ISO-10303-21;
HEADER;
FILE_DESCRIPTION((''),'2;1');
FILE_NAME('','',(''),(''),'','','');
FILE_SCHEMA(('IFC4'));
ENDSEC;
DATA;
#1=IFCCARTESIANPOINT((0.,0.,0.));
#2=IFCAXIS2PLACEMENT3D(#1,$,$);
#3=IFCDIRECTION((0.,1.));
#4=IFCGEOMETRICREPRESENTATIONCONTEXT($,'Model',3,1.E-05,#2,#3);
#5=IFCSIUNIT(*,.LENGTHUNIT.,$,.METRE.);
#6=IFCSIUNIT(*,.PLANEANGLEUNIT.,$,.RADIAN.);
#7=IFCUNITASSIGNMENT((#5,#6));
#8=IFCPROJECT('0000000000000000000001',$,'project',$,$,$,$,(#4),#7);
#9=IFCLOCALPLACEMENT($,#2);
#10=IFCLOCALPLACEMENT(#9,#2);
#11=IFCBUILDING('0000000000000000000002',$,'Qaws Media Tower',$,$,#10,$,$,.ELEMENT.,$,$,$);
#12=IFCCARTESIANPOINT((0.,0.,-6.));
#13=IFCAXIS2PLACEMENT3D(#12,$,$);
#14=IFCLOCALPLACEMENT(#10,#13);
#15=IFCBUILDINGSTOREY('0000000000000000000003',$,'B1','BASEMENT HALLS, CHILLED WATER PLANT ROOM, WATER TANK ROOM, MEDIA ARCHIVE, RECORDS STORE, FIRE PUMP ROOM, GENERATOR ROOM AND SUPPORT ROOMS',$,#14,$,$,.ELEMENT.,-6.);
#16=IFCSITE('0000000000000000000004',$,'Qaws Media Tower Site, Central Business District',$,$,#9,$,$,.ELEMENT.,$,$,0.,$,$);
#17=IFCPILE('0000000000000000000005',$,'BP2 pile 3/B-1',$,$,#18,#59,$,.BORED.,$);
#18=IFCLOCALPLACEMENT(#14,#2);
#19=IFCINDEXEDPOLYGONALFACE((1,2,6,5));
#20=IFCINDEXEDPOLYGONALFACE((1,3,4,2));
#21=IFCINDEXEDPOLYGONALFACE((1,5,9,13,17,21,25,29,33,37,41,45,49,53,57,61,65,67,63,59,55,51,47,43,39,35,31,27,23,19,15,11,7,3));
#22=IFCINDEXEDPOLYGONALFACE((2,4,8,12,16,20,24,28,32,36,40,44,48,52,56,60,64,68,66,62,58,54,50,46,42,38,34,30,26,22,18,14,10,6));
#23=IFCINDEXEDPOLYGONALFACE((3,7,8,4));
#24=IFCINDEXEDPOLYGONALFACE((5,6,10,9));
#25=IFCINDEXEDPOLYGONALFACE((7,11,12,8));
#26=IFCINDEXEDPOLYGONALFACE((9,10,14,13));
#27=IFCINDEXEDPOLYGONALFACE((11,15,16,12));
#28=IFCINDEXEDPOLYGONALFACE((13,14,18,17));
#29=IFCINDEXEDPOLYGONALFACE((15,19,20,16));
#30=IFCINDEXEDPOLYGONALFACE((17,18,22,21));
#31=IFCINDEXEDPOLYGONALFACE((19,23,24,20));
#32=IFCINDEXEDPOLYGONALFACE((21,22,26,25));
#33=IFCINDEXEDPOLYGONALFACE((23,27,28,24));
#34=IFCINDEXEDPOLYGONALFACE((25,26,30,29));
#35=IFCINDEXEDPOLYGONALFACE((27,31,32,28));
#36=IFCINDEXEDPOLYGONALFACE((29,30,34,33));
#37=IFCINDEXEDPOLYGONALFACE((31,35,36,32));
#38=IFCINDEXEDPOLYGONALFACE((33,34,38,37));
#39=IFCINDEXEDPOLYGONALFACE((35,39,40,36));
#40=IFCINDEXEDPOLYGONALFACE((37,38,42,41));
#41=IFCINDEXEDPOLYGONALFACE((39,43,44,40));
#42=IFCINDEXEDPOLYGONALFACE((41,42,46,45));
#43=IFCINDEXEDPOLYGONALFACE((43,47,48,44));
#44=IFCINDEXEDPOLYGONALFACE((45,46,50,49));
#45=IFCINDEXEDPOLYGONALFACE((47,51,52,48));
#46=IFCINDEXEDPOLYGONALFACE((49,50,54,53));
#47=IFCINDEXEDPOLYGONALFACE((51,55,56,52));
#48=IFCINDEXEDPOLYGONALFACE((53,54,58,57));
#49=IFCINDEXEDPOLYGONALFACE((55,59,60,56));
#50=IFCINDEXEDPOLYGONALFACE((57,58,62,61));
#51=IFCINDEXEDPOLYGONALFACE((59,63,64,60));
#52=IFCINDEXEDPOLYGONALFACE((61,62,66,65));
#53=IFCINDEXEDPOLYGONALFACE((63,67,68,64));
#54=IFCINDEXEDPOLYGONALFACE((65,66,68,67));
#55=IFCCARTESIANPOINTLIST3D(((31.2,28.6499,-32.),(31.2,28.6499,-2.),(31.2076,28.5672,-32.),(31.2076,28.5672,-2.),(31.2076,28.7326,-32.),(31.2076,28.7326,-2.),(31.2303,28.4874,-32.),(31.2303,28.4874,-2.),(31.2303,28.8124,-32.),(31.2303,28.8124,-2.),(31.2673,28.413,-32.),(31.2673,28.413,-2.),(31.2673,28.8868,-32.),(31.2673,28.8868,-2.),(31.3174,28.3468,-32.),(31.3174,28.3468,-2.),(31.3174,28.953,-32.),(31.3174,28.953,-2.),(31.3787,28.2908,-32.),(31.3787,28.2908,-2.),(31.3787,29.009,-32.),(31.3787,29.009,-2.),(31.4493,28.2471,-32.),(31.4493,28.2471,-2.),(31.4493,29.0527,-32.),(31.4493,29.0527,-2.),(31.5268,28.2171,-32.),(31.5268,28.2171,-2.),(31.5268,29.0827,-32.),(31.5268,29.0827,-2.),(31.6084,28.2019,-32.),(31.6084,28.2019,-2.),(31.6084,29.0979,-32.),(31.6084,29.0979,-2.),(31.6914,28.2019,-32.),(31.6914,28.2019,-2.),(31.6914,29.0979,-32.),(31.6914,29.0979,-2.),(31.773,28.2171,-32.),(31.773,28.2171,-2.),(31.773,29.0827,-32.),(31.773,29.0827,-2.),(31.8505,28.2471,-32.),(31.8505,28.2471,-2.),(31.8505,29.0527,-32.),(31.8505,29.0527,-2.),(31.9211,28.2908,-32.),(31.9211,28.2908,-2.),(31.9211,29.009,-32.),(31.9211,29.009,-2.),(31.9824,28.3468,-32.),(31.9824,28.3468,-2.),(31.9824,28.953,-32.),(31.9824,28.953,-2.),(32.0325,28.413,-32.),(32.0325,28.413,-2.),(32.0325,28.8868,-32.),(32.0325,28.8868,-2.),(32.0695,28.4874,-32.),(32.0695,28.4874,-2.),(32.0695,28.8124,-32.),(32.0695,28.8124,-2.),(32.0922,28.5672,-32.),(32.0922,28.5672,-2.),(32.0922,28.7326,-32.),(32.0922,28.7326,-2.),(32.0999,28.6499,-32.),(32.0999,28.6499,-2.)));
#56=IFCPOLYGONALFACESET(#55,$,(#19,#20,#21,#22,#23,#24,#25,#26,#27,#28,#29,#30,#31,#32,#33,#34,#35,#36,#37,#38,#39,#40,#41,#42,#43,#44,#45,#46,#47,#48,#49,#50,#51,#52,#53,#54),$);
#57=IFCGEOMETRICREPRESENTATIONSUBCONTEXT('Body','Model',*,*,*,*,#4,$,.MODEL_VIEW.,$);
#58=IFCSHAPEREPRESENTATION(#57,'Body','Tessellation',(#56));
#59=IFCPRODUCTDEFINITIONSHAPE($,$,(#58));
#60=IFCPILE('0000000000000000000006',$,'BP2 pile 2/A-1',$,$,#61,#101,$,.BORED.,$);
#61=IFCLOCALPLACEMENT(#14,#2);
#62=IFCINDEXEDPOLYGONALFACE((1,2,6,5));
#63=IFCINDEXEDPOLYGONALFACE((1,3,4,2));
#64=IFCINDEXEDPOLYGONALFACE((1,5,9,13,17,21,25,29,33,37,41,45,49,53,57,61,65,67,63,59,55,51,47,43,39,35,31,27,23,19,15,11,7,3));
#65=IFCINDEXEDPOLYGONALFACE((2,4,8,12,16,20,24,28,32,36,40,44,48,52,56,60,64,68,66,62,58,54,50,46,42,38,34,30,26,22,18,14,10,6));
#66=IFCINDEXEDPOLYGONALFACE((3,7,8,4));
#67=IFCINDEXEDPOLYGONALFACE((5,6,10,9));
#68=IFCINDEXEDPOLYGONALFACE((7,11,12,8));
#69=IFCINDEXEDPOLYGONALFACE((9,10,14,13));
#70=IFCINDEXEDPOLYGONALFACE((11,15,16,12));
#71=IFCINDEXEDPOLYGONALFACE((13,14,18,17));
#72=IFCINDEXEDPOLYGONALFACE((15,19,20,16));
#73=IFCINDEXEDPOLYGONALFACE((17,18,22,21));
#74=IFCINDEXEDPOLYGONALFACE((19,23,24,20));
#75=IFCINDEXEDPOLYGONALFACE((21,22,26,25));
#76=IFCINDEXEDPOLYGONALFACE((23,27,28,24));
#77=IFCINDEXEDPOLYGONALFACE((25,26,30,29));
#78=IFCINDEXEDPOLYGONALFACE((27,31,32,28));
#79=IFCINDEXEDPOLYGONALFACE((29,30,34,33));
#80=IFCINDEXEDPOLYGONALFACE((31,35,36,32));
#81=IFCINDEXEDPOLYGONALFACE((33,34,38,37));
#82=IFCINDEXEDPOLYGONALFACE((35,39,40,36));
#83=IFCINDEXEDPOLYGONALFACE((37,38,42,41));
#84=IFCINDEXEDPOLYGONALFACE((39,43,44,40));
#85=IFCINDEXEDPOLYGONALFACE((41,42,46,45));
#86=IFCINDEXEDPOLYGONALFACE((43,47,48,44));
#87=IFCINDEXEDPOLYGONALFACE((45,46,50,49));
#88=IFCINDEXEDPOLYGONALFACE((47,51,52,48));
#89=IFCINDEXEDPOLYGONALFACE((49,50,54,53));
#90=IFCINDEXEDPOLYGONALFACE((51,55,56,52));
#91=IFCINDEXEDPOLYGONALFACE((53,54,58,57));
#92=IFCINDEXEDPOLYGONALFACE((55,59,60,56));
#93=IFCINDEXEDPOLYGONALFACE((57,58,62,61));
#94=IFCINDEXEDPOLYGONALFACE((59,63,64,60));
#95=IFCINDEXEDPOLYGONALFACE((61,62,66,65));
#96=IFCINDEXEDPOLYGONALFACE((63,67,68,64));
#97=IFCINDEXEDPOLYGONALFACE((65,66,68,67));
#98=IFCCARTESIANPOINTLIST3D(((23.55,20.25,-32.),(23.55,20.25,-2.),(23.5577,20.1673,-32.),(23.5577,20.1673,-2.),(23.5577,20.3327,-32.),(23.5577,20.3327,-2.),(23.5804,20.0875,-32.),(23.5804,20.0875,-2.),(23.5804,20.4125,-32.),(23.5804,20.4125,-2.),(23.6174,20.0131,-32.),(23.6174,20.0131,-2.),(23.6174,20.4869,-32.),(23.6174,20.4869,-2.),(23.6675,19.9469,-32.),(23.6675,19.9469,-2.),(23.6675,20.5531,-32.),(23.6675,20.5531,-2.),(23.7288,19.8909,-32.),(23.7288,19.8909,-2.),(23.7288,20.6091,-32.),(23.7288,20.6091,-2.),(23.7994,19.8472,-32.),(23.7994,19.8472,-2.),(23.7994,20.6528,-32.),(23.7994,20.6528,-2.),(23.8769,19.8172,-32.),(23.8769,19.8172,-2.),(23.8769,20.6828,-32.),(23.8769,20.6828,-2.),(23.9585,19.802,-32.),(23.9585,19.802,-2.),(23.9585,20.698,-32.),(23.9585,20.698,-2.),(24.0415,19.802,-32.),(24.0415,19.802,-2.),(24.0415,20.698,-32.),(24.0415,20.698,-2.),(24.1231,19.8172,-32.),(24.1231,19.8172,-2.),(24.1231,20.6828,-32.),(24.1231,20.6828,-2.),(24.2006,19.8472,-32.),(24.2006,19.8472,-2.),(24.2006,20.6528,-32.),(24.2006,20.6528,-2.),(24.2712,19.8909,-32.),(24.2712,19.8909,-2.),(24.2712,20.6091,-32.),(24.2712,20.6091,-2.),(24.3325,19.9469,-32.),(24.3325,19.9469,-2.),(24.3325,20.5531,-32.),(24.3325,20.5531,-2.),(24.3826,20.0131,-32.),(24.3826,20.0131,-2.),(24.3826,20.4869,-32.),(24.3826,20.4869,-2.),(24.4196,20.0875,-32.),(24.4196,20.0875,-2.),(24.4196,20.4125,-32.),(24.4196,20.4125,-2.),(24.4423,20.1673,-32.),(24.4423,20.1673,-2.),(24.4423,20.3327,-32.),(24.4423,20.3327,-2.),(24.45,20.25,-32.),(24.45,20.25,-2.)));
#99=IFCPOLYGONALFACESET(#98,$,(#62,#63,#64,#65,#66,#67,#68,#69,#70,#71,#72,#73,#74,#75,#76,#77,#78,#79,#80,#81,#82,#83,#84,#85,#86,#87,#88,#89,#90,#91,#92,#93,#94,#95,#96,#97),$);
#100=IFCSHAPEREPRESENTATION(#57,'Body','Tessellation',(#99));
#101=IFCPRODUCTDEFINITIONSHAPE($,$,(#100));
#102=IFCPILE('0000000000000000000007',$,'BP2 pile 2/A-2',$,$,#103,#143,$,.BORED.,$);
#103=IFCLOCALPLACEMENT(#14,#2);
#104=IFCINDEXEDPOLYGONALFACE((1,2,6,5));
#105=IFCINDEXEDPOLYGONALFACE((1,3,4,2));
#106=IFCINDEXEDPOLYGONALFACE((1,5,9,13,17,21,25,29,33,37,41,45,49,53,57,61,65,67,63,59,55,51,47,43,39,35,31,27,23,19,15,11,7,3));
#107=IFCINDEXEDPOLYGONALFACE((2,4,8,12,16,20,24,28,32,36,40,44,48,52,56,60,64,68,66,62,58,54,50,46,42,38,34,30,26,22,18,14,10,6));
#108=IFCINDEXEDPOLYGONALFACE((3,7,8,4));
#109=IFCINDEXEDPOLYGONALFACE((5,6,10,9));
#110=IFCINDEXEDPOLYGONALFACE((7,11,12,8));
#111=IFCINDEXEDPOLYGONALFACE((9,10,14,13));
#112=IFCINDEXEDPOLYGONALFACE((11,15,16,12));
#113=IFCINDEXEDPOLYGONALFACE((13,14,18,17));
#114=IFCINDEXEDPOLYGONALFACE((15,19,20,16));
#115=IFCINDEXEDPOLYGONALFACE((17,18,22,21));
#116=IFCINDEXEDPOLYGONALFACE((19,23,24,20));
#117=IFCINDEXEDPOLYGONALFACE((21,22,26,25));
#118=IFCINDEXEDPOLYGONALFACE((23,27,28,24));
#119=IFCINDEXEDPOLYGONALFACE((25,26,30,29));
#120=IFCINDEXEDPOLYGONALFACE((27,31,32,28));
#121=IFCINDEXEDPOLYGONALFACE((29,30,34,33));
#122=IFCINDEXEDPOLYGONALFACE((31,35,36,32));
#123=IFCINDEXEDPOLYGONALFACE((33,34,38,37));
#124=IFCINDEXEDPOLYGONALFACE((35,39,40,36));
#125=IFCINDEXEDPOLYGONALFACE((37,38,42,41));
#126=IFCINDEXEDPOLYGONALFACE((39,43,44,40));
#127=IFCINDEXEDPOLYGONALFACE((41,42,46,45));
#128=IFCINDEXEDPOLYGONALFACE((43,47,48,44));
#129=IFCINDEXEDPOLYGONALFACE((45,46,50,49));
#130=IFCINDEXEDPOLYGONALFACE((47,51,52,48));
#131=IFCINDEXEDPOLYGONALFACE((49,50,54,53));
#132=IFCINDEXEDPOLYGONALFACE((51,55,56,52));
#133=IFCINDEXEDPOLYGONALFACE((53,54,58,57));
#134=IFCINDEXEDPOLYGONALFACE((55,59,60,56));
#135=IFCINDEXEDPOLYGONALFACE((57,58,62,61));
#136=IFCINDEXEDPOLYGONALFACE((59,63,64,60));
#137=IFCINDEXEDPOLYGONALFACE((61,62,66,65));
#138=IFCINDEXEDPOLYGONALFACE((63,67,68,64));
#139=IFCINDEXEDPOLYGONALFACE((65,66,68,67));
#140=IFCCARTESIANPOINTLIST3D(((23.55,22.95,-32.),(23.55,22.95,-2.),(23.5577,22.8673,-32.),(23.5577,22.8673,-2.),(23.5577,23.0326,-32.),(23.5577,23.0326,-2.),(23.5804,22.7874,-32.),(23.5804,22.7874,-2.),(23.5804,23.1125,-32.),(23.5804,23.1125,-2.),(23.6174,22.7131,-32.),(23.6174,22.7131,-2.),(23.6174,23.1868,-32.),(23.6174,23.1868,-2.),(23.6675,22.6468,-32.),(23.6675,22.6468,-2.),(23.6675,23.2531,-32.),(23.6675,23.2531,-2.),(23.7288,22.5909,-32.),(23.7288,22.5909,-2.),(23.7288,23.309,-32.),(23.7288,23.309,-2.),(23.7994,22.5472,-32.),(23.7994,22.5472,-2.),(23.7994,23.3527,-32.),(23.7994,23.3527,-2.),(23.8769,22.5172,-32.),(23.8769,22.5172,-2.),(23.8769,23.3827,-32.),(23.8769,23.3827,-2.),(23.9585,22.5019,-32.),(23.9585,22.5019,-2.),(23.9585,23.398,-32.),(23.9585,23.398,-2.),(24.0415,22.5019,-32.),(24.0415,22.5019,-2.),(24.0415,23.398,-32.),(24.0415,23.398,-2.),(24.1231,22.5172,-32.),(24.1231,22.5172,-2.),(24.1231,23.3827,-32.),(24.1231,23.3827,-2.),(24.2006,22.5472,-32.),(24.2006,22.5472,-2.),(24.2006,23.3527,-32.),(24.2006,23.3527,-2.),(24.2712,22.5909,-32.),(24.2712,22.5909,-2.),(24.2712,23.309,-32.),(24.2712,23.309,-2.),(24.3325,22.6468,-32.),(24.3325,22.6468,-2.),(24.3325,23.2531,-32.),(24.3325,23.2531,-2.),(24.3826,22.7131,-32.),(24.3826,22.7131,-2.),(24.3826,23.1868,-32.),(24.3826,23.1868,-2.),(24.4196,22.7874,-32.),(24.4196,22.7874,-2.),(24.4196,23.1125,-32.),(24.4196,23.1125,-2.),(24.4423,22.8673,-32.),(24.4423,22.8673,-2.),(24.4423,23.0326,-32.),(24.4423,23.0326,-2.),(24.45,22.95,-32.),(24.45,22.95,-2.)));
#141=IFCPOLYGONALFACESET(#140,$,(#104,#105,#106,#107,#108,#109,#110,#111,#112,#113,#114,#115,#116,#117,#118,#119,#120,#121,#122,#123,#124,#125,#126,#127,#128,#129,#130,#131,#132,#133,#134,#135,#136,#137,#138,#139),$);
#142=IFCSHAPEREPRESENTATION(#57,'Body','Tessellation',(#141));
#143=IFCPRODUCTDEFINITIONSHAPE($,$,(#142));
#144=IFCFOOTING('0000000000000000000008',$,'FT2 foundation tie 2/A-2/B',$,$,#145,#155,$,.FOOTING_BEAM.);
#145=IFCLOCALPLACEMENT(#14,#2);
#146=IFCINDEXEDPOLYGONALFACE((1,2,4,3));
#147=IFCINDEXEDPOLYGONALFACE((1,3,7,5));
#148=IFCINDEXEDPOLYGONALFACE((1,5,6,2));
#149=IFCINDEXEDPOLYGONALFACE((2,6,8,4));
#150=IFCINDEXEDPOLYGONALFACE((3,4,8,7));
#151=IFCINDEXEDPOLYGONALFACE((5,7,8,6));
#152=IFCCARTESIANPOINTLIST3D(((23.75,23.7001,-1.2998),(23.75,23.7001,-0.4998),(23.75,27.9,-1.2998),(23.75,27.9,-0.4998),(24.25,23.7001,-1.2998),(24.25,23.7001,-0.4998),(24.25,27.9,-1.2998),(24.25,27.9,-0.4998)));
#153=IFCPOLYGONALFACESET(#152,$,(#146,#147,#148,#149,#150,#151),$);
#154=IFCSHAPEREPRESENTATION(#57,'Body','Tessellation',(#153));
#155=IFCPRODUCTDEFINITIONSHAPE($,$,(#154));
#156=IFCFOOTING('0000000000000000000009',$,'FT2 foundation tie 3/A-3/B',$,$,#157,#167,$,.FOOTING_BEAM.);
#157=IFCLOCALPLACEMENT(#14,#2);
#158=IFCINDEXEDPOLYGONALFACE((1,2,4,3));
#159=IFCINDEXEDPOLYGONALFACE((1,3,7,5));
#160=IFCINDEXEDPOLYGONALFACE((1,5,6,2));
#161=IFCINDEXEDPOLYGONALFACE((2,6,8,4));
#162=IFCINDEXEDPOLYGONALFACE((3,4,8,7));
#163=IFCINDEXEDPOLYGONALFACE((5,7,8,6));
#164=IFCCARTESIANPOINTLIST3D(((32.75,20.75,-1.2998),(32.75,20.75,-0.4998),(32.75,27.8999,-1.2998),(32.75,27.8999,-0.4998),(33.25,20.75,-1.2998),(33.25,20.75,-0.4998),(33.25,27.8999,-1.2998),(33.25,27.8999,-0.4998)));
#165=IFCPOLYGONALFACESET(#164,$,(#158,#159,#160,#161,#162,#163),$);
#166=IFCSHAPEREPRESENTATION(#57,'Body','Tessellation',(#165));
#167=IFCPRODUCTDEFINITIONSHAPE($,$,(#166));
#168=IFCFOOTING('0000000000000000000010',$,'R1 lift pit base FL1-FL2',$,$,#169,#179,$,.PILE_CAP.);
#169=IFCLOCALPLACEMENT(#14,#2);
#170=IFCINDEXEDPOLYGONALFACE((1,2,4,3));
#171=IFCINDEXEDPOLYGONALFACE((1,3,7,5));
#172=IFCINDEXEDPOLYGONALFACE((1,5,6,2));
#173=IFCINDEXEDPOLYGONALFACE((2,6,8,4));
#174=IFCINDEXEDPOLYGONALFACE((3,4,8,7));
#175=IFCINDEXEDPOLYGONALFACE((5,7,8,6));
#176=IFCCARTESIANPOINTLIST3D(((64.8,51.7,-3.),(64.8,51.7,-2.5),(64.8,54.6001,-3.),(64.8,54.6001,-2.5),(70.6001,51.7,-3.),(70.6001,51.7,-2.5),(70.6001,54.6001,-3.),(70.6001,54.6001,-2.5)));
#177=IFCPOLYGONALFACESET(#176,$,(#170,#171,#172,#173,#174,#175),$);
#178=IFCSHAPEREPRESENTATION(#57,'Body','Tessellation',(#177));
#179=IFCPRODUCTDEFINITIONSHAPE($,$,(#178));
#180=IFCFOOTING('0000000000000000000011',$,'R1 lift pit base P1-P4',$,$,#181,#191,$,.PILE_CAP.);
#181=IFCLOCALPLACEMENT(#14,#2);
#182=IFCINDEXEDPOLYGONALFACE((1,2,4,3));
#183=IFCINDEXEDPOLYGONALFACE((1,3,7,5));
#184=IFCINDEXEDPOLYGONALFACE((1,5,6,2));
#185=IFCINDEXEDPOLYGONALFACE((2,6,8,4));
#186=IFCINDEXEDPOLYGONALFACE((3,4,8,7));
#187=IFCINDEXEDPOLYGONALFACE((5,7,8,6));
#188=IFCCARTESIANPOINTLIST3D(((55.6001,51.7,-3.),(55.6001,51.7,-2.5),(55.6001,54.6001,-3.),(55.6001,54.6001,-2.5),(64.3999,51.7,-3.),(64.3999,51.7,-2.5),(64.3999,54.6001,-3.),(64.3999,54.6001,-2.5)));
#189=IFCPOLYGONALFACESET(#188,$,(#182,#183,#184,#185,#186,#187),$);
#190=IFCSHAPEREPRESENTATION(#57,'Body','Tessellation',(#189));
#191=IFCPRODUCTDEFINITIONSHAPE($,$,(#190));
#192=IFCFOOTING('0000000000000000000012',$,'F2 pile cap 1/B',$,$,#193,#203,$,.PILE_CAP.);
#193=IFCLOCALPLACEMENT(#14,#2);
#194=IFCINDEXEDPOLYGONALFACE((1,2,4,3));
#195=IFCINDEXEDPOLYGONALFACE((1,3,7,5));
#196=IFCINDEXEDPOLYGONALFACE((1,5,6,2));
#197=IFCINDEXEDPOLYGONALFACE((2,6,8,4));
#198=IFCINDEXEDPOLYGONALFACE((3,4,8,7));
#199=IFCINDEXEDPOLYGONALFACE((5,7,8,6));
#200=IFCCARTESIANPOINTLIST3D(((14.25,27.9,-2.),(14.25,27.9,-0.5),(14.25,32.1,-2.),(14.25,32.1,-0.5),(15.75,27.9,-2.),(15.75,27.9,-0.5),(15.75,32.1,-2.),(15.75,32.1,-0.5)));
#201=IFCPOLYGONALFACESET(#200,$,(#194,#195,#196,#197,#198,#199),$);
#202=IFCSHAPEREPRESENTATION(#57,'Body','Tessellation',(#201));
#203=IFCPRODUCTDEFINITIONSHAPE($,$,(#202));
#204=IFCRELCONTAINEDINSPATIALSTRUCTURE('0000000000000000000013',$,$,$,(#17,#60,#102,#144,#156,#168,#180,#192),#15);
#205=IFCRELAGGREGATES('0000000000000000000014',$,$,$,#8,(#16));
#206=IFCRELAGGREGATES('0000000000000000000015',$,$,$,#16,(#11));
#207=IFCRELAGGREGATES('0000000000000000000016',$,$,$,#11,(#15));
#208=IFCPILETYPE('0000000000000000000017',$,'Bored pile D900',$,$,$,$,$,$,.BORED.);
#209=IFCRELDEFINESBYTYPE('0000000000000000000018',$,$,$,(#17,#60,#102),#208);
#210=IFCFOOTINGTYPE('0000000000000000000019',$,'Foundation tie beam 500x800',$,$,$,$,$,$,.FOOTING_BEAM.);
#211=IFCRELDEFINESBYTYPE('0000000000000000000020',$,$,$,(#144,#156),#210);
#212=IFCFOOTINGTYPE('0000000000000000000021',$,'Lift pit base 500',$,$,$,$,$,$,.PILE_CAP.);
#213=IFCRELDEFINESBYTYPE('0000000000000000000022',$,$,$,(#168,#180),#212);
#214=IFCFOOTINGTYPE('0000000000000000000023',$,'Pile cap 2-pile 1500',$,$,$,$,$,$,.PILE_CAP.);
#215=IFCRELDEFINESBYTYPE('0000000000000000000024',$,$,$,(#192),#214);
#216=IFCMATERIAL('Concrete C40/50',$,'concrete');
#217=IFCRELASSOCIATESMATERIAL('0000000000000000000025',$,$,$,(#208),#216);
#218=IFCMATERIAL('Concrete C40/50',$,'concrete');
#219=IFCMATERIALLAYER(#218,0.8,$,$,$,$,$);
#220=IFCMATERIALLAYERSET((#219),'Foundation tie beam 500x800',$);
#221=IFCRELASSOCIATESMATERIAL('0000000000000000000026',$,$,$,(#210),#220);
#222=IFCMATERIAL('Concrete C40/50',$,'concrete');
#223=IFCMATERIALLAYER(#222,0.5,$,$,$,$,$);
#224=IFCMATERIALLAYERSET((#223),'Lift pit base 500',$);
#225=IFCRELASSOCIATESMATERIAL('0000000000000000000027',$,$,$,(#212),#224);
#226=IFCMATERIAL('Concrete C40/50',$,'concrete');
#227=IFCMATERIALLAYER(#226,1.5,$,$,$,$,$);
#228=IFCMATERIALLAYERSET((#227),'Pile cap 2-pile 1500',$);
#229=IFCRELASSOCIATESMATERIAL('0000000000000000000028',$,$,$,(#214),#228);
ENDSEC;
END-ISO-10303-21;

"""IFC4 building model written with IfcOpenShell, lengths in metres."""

from ifc_helpers import new_model, si_unit, direction, frame, origin, origin_2d, place, context, subcontext, project, spatial, polyline, rectangle, circle, outline, extrude, material, layer, layer_set, material_profile, profile_set, type_object, element, save


model = new_model("IFC4")

# Units and contexts
model_context = context("Model", 3, precision=1e-05, world=origin(), true_north=direction((0.0, 1.0)))
body_context = subcontext(model_context, "Body", "Model", "MODEL_VIEW")
ifc_project = project(units=[si_unit("LENGTHUNIT", "METRE"), si_unit("PLANEANGLEUNIT", "RADIAN")], contexts=[model_context])

# Site, building, storey
site_placement = place(None, origin())
site = spatial("IfcSite", under=ifc_project, at=site_placement, Name="Qaws Media Tower Site, Central Business District", CompositionType="ELEMENT", RefElevation=0.0)
building_placement = place(site_placement, origin())
building = spatial("IfcBuilding", under=site, at=building_placement, Name="Qaws Media Tower", CompositionType="ELEMENT")
storey_placement = place(building_placement, frame((0.0, 0.0, -6.0)))
storey = spatial("IfcBuildingStorey", under=building, at=storey_placement, Name="B1", Description="BASEMENT HALLS, CHILLED WATER PLANT ROOM, WATER TANK ROOM, MEDIA ARCHIVE, RECORDS STORE, FIRE PUMP ROOM, GENERATOR ROOM AND SUPPORT ROOMS", CompositionType="ELEMENT", Elevation=-6.0)

# Piles
ifc_material_1 = material(Name="Concrete C40/50", Category="concrete")
ifc_material_profile_1 = material_profile(ifc_material_1, circle(Radius=0.45, at=origin_2d()), Name="D900")
ifc_profile_set_1 = profile_set([ifc_material_profile_1], Name="Concrete C40/50")
pile_type = type_object("IfcPileType", Name="Bored pile D900", PredefinedType="BORED", material=ifc_profile_set_1)
for number, where, z_axis, x_axis, name in (
    (1, (31.6499, 28.6499, -2.0), (0.0, 0.0, -1.0), (1.0, 0.0, 0.0), "BP2 pile 3/B-1"),
    (2, (24.0, 20.25, -2.0), (0.0, 0.0, -1.0), (1.0, 0.0, 0.0), "BP2 pile 2/A-1"),
    (3, (24.0, 22.95, -2.0), (0.0, 0.0, -1.0), (1.0, 0.0, 0.0), "BP2 pile 2/A-2"),
):
    element("IfcPile", number, at=place(storey_placement, frame(where, z_axis=z_axis, x_axis=x_axis)), inside=storey, type_object=pile_type, Name=name, PredefinedType="BORED", context=body_context, shape_type="SweptSolid", body=[
        extrude(circle(Radius=0.45, at=origin_2d()), origin(), (0.0, 0.0, 1.0), 30.0),
    ])

# Footings
ifc_material_2 = material(Name="Concrete C40/50", Category="concrete")
ifc_layer_1 = layer(ifc_material_2, 0.8)
ifc_layer_set_1 = layer_set([ifc_layer_1], Name="Foundation tie beam 500x800")
footing_type_1 = type_object("IfcFootingType", Name="Foundation tie beam 500x800", PredefinedType="FOOTING_BEAM", material=ifc_layer_set_1)
footing_1_placement = place(storey_placement, frame((24.0, 25.8, -1.2998), z_axis=(0.0, 0.0, 1.0), x_axis=(1.0, 0.0, 0.0)))
element("IfcFooting", 4, at=footing_1_placement, inside=storey, type_object=footing_type_1, Name="FT2 foundation tie 2/A-2/B", PredefinedType="FOOTING_BEAM", context=body_context, shape_type="SweptSolid", body=[
    extrude(rectangle(XDim=0.5, YDim=4.2, at=origin_2d()), origin(), (0.0, 0.0, 1.0), 0.8),
])
footing_2_placement = place(storey_placement, frame((33.0, 24.325, -1.2998), z_axis=(0.0, 0.0, 1.0), x_axis=(1.0, 0.0, 0.0)))
element("IfcFooting", 5, at=footing_2_placement, inside=storey, type_object=footing_type_1, Name="FT2 foundation tie 3/A-3/B", PredefinedType="FOOTING_BEAM", context=body_context, shape_type="SweptSolid", body=[
    extrude(rectangle(XDim=0.5, YDim=7.1499, at=origin_2d()), origin(), (0.0, 0.0, 1.0), 0.8),
])
ifc_material_3 = material(Name="Concrete C40/50", Category="concrete")
ifc_layer_2 = layer(ifc_material_3, 0.5)
ifc_layer_set_2 = layer_set([ifc_layer_2], Name="Lift pit base 500")
footing_type_2 = type_object("IfcFootingType", Name="Lift pit base 500", PredefinedType="PILE_CAP", material=ifc_layer_set_2)
footing_3_placement = place(storey_placement, frame((0.0, 0.0, -3.0)))
element("IfcFooting", 6, at=footing_3_placement, inside=storey, type_object=footing_type_2, Name="R1 lift pit base FL1-FL2", PredefinedType="PILE_CAP", context=body_context, shape_type="SweptSolid", body=[
    extrude(outline(polyline([(70.6001, 54.6001), (70.6001, 51.7), (64.8, 51.7), (64.8, 54.6001), (70.6001, 54.6001)])), origin(), (0.0, 0.0, 1.0), 0.5),
])
footing_4_placement = place(storey_placement, frame((0.0, 0.0, -3.0)))
element("IfcFooting", 7, at=footing_4_placement, inside=storey, type_object=footing_type_2, Name="R1 lift pit base P1-P4", PredefinedType="PILE_CAP", context=body_context, shape_type="SweptSolid", body=[
    extrude(outline(polyline([(64.3999, 54.6001), (64.3999, 51.7), (55.6001, 51.7), (55.6001, 54.6001), (64.3999, 54.6001)])), origin(), (0.0, 0.0, 1.0), 0.5),
])
ifc_material_4 = material(Name="Concrete C40/50", Category="concrete")
ifc_layer_3 = layer(ifc_material_4, 1.5)
ifc_layer_set_3 = layer_set([ifc_layer_3], Name="Pile cap 2-pile 1500")
footing_type_3 = type_object("IfcFootingType", Name="Pile cap 2-pile 1500", PredefinedType="PILE_CAP", material=ifc_layer_set_3)
footing_5_placement = place(storey_placement, frame((15.0, 30.0, -2.0), z_axis=(0.0, 0.0, 1.0), x_axis=(1.0, 0.0, 0.0)))
element("IfcFooting", 8, at=footing_5_placement, inside=storey, type_object=footing_type_3, Name="F2 pile cap 1/B", PredefinedType="PILE_CAP", context=body_context, shape_type="SweptSolid", body=[
    extrude(rectangle(XDim=1.5, YDim=4.2, at=origin_2d()), origin(), (0.0, 0.0, 1.0), 1.5),
])

save(model, "model.ifc")
